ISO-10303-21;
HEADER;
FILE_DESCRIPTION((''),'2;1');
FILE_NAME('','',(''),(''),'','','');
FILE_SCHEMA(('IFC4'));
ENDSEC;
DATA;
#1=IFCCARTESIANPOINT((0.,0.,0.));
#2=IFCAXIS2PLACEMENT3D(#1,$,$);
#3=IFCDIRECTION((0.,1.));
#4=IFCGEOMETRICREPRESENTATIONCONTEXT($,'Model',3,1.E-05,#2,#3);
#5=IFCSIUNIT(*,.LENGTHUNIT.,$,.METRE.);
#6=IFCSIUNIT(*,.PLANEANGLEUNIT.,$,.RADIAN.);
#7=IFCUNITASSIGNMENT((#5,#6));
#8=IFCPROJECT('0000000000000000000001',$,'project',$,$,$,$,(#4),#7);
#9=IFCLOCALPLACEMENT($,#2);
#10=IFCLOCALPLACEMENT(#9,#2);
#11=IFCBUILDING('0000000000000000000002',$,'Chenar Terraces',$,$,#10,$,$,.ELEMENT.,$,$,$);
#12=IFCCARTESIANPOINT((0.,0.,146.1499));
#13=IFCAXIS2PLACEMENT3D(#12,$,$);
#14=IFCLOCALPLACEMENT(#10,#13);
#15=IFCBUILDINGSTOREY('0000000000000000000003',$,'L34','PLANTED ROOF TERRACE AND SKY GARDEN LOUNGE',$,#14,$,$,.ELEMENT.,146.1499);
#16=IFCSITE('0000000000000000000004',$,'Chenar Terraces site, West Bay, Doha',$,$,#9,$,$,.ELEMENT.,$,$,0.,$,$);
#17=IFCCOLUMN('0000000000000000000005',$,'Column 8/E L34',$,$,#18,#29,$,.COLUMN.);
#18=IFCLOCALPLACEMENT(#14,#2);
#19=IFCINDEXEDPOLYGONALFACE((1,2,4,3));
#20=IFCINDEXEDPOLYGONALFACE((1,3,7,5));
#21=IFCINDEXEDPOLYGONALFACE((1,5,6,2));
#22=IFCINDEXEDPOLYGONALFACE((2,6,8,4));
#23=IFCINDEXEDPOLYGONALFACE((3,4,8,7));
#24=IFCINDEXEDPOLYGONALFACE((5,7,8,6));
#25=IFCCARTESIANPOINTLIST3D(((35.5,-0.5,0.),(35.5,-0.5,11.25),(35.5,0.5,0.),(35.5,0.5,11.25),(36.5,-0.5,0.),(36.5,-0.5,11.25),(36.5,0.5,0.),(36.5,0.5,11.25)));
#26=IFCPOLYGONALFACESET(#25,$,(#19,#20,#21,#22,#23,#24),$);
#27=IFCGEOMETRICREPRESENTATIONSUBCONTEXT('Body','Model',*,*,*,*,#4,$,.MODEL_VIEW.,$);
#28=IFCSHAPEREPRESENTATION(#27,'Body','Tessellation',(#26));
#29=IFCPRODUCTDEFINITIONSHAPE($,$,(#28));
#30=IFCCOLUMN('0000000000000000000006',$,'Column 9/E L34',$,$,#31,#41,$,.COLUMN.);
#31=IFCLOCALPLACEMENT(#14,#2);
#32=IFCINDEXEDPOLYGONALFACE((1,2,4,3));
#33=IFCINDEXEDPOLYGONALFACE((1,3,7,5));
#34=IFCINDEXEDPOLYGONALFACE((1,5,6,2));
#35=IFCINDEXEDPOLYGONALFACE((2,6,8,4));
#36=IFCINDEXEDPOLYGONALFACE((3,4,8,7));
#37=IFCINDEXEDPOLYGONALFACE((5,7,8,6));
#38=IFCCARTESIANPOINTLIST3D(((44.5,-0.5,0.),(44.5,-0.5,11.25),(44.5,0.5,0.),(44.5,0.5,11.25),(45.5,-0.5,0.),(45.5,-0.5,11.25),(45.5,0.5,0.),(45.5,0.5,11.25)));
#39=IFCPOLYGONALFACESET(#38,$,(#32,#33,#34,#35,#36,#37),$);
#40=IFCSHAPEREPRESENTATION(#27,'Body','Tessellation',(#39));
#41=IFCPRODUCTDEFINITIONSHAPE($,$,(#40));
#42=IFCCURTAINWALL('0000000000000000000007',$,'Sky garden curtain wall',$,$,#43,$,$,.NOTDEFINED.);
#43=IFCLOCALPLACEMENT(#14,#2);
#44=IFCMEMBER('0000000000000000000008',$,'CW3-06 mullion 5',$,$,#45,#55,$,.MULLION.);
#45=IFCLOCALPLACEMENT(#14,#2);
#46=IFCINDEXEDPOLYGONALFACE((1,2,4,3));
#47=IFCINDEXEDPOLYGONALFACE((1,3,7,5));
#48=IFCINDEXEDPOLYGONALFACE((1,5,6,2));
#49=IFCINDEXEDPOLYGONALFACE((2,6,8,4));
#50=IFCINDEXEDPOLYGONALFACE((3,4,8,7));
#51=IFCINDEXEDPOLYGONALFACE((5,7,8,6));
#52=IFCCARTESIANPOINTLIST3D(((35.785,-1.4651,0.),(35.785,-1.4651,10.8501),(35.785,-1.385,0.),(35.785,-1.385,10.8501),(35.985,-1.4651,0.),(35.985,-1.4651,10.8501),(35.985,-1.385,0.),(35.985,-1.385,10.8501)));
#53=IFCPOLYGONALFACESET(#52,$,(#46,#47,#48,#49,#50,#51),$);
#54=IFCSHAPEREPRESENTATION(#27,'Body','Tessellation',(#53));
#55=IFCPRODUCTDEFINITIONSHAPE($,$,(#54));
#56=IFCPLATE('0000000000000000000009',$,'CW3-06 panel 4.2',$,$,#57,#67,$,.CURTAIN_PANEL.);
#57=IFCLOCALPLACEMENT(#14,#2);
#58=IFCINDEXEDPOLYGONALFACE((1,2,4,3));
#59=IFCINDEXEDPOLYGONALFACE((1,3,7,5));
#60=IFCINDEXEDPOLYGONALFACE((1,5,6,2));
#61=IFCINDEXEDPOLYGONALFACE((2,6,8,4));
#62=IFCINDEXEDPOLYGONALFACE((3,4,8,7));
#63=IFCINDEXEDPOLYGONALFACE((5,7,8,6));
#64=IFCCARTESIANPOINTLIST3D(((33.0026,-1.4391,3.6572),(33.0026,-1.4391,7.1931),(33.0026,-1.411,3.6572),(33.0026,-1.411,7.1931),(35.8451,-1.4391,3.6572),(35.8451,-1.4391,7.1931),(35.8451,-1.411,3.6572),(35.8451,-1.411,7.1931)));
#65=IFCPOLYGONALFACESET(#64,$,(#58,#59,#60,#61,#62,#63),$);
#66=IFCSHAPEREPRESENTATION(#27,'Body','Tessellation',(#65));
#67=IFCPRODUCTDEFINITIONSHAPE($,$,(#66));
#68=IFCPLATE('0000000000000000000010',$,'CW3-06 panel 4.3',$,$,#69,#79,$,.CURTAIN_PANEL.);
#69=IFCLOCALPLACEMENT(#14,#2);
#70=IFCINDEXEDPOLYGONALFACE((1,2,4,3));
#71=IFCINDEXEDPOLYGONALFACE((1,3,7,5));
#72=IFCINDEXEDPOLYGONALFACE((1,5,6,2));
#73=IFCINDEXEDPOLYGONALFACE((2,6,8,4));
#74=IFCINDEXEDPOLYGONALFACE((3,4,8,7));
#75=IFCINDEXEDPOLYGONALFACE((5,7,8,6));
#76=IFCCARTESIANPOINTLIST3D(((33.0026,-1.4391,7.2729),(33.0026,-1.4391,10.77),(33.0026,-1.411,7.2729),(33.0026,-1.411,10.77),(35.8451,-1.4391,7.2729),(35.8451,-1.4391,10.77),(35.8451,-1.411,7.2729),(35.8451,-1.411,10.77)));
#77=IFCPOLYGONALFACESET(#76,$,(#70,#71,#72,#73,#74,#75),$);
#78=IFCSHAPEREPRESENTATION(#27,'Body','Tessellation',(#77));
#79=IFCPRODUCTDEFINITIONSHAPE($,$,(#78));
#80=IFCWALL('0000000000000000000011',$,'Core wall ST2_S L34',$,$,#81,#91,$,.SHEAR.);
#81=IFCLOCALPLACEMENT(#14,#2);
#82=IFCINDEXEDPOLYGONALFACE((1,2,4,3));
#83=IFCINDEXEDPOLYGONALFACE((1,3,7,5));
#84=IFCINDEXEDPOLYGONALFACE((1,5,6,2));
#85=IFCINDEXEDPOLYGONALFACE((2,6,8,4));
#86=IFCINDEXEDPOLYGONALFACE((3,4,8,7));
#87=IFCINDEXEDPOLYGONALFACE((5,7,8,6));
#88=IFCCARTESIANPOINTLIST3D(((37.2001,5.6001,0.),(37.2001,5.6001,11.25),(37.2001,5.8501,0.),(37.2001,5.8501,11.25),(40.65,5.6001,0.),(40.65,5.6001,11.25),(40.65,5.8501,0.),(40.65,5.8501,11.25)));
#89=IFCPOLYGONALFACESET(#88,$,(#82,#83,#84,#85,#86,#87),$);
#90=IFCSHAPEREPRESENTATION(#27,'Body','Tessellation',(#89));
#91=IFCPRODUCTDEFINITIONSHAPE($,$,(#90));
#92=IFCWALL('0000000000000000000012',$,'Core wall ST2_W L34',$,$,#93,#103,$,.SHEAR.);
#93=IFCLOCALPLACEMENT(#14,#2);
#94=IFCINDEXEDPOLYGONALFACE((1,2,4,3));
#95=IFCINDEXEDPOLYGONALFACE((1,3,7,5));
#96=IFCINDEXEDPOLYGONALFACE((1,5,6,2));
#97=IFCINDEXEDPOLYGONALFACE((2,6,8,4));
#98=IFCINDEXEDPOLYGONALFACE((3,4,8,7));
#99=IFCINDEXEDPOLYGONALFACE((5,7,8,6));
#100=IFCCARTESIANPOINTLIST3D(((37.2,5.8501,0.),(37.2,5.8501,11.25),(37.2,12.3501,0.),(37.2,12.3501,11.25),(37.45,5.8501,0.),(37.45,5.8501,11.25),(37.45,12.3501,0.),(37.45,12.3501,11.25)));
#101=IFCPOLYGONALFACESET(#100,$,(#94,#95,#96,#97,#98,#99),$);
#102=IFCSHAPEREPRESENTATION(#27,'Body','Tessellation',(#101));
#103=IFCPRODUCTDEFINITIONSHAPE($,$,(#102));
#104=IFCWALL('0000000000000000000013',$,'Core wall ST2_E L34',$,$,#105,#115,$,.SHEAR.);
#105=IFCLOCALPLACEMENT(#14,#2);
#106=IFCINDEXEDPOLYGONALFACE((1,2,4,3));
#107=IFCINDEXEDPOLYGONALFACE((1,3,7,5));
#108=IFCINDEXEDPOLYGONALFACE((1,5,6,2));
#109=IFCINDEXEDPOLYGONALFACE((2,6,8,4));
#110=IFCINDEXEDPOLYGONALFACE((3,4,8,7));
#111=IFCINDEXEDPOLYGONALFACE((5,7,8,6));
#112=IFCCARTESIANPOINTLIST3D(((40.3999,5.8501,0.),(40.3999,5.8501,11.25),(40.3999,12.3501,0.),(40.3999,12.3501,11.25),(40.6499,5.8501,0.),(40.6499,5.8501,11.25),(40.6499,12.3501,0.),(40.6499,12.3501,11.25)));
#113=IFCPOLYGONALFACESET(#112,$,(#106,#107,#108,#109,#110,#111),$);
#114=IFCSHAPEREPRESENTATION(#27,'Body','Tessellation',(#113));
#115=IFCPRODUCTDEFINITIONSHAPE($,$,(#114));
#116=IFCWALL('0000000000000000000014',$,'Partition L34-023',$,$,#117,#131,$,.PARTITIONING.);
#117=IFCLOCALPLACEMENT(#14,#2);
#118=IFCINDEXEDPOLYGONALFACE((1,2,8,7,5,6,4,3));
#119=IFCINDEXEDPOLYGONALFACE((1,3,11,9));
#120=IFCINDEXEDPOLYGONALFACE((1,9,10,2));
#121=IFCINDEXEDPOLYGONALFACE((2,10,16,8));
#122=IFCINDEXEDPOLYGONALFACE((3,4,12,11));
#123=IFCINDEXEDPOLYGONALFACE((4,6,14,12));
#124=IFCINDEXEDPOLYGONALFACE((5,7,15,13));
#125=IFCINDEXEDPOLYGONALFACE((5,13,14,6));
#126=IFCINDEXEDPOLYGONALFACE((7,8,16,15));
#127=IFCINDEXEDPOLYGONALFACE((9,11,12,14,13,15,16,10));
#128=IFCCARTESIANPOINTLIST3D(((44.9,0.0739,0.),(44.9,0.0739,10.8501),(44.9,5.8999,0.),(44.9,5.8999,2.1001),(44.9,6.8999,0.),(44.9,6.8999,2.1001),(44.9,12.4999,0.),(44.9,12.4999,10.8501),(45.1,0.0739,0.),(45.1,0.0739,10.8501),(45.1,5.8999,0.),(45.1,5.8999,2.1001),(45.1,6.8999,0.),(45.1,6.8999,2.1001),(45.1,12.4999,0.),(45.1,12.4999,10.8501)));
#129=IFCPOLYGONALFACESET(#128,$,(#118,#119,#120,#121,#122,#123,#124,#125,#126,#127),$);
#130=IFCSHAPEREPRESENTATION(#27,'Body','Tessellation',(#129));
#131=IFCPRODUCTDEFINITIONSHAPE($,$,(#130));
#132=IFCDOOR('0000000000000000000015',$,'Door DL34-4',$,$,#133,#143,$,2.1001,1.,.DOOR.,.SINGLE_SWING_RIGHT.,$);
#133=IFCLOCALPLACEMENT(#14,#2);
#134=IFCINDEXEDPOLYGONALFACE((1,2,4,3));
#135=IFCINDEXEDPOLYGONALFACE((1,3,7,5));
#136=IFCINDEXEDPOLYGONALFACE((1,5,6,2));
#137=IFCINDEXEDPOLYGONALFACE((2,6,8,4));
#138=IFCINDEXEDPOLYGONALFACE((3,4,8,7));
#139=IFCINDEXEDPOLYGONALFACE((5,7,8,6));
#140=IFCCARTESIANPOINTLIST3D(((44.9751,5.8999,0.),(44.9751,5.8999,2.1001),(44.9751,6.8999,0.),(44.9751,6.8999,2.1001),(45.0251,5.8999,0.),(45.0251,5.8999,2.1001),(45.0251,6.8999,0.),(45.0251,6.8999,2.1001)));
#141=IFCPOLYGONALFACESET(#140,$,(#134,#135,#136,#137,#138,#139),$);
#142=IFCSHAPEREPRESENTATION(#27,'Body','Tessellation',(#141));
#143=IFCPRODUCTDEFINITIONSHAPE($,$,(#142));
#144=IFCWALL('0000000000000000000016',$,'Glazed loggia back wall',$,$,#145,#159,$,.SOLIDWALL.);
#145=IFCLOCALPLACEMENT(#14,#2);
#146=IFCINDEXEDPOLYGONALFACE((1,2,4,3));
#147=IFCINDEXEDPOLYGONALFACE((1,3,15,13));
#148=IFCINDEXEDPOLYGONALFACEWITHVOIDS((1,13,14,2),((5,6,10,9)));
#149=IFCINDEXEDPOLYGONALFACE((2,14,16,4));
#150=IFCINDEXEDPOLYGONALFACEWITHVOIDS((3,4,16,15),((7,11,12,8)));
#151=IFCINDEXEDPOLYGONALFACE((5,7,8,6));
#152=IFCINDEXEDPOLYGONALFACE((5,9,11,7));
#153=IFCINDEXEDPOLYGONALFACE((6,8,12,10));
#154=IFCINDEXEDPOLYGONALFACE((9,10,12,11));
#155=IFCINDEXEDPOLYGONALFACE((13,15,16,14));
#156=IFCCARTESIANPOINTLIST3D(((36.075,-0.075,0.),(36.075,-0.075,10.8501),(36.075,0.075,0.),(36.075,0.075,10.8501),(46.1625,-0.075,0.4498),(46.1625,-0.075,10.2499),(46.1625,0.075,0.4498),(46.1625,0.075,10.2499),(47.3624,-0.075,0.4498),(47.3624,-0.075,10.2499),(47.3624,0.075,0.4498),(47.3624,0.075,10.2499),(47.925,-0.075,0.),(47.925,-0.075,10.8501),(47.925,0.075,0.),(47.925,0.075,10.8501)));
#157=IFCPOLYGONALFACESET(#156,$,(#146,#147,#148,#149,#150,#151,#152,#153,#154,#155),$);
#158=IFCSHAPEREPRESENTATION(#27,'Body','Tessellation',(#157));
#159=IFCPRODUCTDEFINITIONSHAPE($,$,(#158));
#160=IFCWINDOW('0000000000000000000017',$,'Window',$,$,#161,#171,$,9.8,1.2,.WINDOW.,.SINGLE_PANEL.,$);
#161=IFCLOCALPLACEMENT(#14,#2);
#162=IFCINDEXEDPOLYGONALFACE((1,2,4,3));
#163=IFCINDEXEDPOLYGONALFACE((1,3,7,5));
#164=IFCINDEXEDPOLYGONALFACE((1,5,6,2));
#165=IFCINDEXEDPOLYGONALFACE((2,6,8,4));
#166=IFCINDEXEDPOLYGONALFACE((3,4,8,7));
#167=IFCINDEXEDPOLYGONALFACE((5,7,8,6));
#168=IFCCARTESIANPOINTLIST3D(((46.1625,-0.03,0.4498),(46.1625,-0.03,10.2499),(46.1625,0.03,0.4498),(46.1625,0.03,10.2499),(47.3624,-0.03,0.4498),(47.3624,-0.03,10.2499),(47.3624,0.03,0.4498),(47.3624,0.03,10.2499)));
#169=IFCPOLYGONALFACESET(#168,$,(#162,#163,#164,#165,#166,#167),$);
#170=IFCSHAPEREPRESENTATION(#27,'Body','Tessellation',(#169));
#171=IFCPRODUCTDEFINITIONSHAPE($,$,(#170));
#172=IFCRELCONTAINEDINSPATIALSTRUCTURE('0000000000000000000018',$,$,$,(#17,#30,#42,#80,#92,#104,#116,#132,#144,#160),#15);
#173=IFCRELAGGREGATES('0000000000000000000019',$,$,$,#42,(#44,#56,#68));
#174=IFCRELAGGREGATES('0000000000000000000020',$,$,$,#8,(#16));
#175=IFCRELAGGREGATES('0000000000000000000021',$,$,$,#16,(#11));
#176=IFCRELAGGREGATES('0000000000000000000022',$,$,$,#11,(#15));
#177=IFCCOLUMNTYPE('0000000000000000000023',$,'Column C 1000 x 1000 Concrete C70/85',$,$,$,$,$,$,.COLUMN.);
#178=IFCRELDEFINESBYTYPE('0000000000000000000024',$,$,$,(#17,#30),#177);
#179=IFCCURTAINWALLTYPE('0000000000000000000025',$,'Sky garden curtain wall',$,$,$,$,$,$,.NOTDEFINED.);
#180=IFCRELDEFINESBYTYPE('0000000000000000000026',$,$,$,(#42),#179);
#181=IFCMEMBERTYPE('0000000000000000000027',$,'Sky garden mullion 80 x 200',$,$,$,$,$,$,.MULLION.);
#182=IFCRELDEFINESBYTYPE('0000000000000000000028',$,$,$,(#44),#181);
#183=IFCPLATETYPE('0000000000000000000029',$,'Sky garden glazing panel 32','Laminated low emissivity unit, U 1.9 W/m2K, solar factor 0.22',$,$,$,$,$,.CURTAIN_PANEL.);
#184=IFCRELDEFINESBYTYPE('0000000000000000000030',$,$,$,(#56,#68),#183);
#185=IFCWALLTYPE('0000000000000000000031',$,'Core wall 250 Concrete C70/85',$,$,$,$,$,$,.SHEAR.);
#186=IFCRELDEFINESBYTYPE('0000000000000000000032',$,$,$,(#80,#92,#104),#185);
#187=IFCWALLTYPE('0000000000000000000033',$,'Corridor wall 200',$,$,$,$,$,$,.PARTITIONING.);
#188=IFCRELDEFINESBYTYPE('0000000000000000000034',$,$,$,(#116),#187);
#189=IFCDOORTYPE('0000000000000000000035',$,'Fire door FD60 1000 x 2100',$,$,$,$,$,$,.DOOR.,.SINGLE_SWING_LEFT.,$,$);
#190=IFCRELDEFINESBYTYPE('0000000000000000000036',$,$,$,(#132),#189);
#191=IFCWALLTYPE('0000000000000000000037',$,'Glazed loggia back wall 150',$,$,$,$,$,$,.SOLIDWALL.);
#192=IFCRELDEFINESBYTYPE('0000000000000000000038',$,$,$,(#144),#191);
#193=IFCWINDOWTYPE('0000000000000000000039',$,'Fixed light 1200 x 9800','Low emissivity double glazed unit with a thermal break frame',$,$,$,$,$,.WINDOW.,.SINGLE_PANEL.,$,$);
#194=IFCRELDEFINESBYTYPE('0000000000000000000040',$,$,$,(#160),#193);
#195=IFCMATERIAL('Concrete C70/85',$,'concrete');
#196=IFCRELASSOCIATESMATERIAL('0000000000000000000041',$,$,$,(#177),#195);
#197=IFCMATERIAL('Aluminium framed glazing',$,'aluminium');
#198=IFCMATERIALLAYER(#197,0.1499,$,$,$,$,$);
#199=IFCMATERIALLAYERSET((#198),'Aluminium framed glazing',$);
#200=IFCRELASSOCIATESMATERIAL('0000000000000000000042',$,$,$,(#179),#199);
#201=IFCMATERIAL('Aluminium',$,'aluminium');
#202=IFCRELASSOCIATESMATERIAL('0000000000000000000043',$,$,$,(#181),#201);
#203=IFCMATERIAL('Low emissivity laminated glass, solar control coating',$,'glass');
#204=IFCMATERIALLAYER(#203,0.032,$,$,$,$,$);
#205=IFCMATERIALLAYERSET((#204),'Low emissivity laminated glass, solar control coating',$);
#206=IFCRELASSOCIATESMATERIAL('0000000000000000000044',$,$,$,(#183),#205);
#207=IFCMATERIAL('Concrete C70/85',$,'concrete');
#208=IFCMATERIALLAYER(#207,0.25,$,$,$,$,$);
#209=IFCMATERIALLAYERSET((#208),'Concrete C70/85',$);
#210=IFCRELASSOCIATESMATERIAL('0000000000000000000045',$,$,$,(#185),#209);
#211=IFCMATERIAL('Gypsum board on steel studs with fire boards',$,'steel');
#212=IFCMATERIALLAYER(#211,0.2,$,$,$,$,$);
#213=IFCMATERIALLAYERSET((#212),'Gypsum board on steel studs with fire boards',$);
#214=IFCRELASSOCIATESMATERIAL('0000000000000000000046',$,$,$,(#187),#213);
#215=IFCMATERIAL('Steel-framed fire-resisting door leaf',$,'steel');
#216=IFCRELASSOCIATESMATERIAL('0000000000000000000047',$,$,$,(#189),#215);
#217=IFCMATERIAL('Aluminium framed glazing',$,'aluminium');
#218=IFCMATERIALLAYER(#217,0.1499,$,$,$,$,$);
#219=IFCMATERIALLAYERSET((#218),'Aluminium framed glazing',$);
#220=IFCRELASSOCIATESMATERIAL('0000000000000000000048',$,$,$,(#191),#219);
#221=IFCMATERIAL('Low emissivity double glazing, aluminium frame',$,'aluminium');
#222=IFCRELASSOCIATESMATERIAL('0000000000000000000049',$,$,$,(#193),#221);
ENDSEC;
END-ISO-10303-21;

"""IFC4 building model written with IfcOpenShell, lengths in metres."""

from ifc_helpers import new_model, si_unit, direction, frame, frame_2d, origin, origin_2d, place, context, subcontext, project, spatial, rectangle, extrude, material, layer, layer_set, material_profile, profile_set, type_object, element, fill, aggregate, save


model = new_model("IFC4")

# Units and contexts
model_context = context("Model", 3, precision=1e-05, world=origin(), true_north=direction((0.0, 1.0)))
body_context = subcontext(model_context, "Body", "Model", "MODEL_VIEW")
ifc_project = project(units=[si_unit("LENGTHUNIT", "METRE"), si_unit("PLANEANGLEUNIT", "RADIAN")], contexts=[model_context])

# Site, building, storey
site_placement = place(None, origin())
site = spatial("IfcSite", under=ifc_project, at=site_placement, Name="Chenar Terraces site, West Bay, Doha", CompositionType="ELEMENT", RefElevation=0.0)
building_placement = place(site_placement, origin())
building = spatial("IfcBuilding", under=site, at=building_placement, Name="Chenar Terraces", CompositionType="ELEMENT")
storey_placement = place(building_placement, frame((0.0, 0.0, 146.1499)))
storey = spatial("IfcBuildingStorey", under=building, at=storey_placement, Name="L34", Description="PLANTED ROOF TERRACE AND SKY GARDEN LOUNGE", CompositionType="ELEMENT", Elevation=146.1499)

# Columns
ifc_material_1 = material(Name="Concrete C70/85", Category="concrete")
ifc_material_profile_1 = material_profile(ifc_material_1, rectangle(XDim=1.0, YDim=1.0, at=origin_2d()), Name="C 1000 x 1000")
ifc_profile_set_1 = profile_set([ifc_material_profile_1], Name="Concrete C70/85")
column_type = type_object("IfcColumnType", Name="Column C 1000 x 1000 Concrete C70/85", PredefinedType="COLUMN", material=ifc_profile_set_1)
for number, where, z_axis, x_axis, name in (
    (1, (36.0, 0.0, 0.0), (0.0, 0.0, 1.0), (1.0, 0.0, 0.0), "Column 8/E L34"),
    (2, (45.0, 0.0, 0.0), (0.0, 0.0, 1.0), (1.0, 0.0, 0.0), "Column 9/E L34"),
):
    element("IfcColumn", number, at=place(storey_placement, frame(where, z_axis=z_axis, x_axis=x_axis)), inside=storey, type_object=column_type, Name=name, PredefinedType="COLUMN", context=body_context, shape_type="SweptSolid", body=[
        extrude(rectangle(XDim=1.0, YDim=1.0, at=origin_2d()), origin(), (0.0, 0.0, 1.0), 11.25),
    ])

# Curtain wall, member, plates
ifc_material_2 = material(Name="Aluminium framed glazing", Category="aluminium")
ifc_layer_1 = layer(ifc_material_2, 0.1499)
ifc_layer_set_1 = layer_set([ifc_layer_1], Name="Aluminium framed glazing")
curtain_wall_type = type_object("IfcCurtainWallType", Name="Sky garden curtain wall", PredefinedType="NOTDEFINED", material=ifc_layer_set_1)
placement = place(storey_placement, origin())
curtain_wall = element("IfcCurtainWall", 3, at=placement, inside=storey, type_object=curtain_wall_type, Name="Sky garden curtain wall", PredefinedType="NOTDEFINED")
ifc_material_3 = material(Name="Aluminium", Category="aluminium")
ifc_material_profile_2 = material_profile(ifc_material_3, rectangle(XDim=0.0801, YDim=0.2, at=origin_2d()), Name="Sky garden mullion 80 x 200")
ifc_profile_set_2 = profile_set([ifc_material_profile_2], Name="Aluminium")
member_type = type_object("IfcMemberType", Name="Sky garden mullion 80 x 200", PredefinedType="MULLION", material=ifc_profile_set_2)
member_placement = place(storey_placement, frame((35.885, -1.425, 0.0), z_axis=(0.0, 0.0, 1.0), x_axis=(0.0, 1.0, 0.0)))
member = element("IfcMember", 4, at=member_placement, type_object=member_type, Name="CW3-06 mullion 5", PredefinedType="MULLION", context=body_context, shape_type="SweptSolid", body=[
    extrude(rectangle(XDim=0.0801, YDim=0.2, at=origin_2d()), origin(), (0.0, 0.0, 1.0), 10.8501),
])
ifc_material_4 = material(Name="Low emissivity laminated glass, solar control coating", Category="glass")
ifc_layer_2 = layer(ifc_material_4, 0.032)
ifc_layer_set_2 = layer_set([ifc_layer_2], Name="Low emissivity laminated glass, solar control coating")
plate_type = type_object("IfcPlateType", Name="Sky garden glazing panel 32", Description="Laminated low emissivity unit, U 1.9 W/m2K, solar factor 0.22", PredefinedType="CURTAIN_PANEL", material=ifc_layer_set_2)
plate_1_placement = place(storey_placement, frame((34.4238, -1.425, 3.6572), z_axis=(0.0, 0.0, 1.0), x_axis=(1.0, 0.0, 0.0)))
plate_1 = element("IfcPlate", 5, at=plate_1_placement, type_object=plate_type, Name="CW3-06 panel 4.2", PredefinedType="CURTAIN_PANEL", context=body_context, shape_type="SweptSolid", body=[
    extrude(rectangle(XDim=2.8425, YDim=0.0281, at=origin_2d()), origin(), (0.0, 0.0, 1.0), 3.5359),
])
plate_2_placement = place(storey_placement, frame((34.4238, -1.425, 7.2729), z_axis=(0.0, 0.0, 1.0), x_axis=(1.0, 0.0, 0.0)))
plate_2 = element("IfcPlate", 6, at=plate_2_placement, type_object=plate_type, Name="CW3-06 panel 4.3", PredefinedType="CURTAIN_PANEL", context=body_context, shape_type="SweptSolid", body=[
    extrude(rectangle(XDim=2.8425, YDim=0.0281, at=origin_2d()), origin(), (0.0, 0.0, 1.0), 3.4971),
])
aggregate(curtain_wall, [member, plate_1, plate_2])

# Walls
ifc_material_5 = material(Name="Concrete C70/85", Category="concrete")
ifc_layer_3 = layer(ifc_material_5, 0.25)
ifc_layer_set_3 = layer_set([ifc_layer_3], Name="Concrete C70/85")
wall_type_1 = type_object("IfcWallType", Name="Core wall 250 Concrete C70/85", PredefinedType="SHEAR", material=ifc_layer_set_3)
wall_1_placement = place(storey_placement, frame((37.2, 5.7251, 0.0), z_axis=(0.0, 0.0, 1.0), x_axis=(1.0, 0.0, 0.0)))
element("IfcWall", 7, at=wall_1_placement, inside=storey, type_object=wall_type_1, Name="Core wall ST2_S L34", PredefinedType="SHEAR", context=body_context, shape_type="SweptSolid", body=[
    extrude(rectangle(XDim=3.45, YDim=0.25, at=frame_2d((1.7251, 0.0))), origin(), (0.0, 0.0, 1.0), 11.25),
])
for number, where, z_axis, x_axis, name in (
    (8, (37.325, 5.8501, 0.0), (0.0, 0.0, 1.0), (0.0, 1.0, 0.0), "Core wall ST2_W L34"),
    (9, (40.5249, 5.8501, 0.0), (0.0, 0.0, 1.0), (0.0, 1.0, 0.0), "Core wall ST2_E L34"),
):
    element("IfcWall", number, at=place(storey_placement, frame(where, z_axis=z_axis, x_axis=x_axis)), inside=storey, type_object=wall_type_1, Name=name, PredefinedType="SHEAR", context=body_context, shape_type="SweptSolid", body=[
        extrude(rectangle(XDim=6.5, YDim=0.25, at=frame_2d((3.25, 0.0))), origin(), (0.0, 0.0, 1.0), 11.25),
    ])

# Wall, opening, door
ifc_material_6 = material(Name="Gypsum board on steel studs with fire boards", Category="steel")
ifc_layer_4 = layer(ifc_material_6, 0.2)
ifc_layer_set_4 = layer_set([ifc_layer_4], Name="Gypsum board on steel studs with fire boards")
wall_type_2 = type_object("IfcWallType", Name="Corridor wall 200", PredefinedType="PARTITIONING", material=ifc_layer_set_4)
wall_2_placement = place(storey_placement, frame((45.0, 0.074, 0.0), z_axis=(0.0, 0.0, 1.0), x_axis=(0.0, 1.0, 0.0)))
wall_2 = element("IfcWall", 10, at=wall_2_placement, inside=storey, type_object=wall_type_2, Name="Partition L34-023", PredefinedType="PARTITIONING", context=body_context, shape_type="SweptSolid", body=[
    extrude(rectangle(XDim=12.426, YDim=0.2, at=frame_2d((6.2129, 0.0))), origin(), (0.0, 0.0, 1.0), 10.8501),
])
opening_1_placement = place(wall_2_placement, frame((5.8259, 0.0, 0.0)))
opening_1 = element("IfcOpeningElement", 11, at=opening_1_placement, cuts=wall_2, PredefinedType="OPENING", context=body_context, shape_type="SweptSolid", body=[
    extrude(rectangle(XDim=1.0, YDim=2.1001, at=frame_2d((0.5, 1.05))), frame((0.0, 0.1099, 0.0), z_axis=(0.0, -1.0, 0.0), x_axis=(1.0, 0.0, 0.0)), (0.0, 0.0, 1.0), 0.22),
])
ifc_material_7 = material(Name="Steel-framed fire-resisting door leaf", Category="steel")
door_type = type_object("IfcDoorType", Name="Fire door FD60 1000 x 2100", OperationType="SINGLE_SWING_LEFT", PredefinedType="DOOR", material=ifc_material_7)
door_placement = place(opening_1_placement, origin())
door = element("IfcDoor", 12, at=door_placement, inside=storey, type_object=door_type, Name="Door DL34-4", OperationType="SINGLE_SWING_RIGHT", OverallHeight=2.1001, OverallWidth=1.0, PredefinedType="DOOR", context=body_context, shape_type="SweptSolid", body=[
    extrude(rectangle(XDim=1.0, YDim=2.1001, at=frame_2d((0.5, 1.05))), frame((0.0, 0.0249, 0.0), z_axis=(0.0, -1.0, 0.0), x_axis=(1.0, 0.0, 0.0)), (0.0, 0.0, 1.0), 0.05),
])
fill(opening_1, door)

# Wall, opening, window
ifc_material_8 = material(Name="Aluminium framed glazing", Category="aluminium")
ifc_layer_5 = layer(ifc_material_8, 0.1499)
ifc_layer_set_5 = layer_set([ifc_layer_5], Name="Aluminium framed glazing")
wall_type_3 = type_object("IfcWallType", Name="Glazed loggia back wall 150", PredefinedType="SOLIDWALL", material=ifc_layer_set_5)
wall_3_placement = place(storey_placement, frame((36.075, 0.0, 0.0), z_axis=(0.0, 0.0, 1.0), x_axis=(1.0, 0.0, 0.0)))
wall_3 = element("IfcWall", 13, at=wall_3_placement, inside=storey, type_object=wall_type_3, Name="Glazed loggia back wall", PredefinedType="SOLIDWALL", context=body_context, shape_type="SweptSolid", body=[
    extrude(rectangle(XDim=11.8501, YDim=0.1499, at=frame_2d((5.925, 0.0))), origin(), (0.0, 0.0, 1.0), 10.8501),
])
opening_2_placement = place(wall_3_placement, frame((10.0874, 0.0, 0.45)))
opening_2 = element("IfcOpeningElement", 14, at=opening_2_placement, cuts=wall_3, PredefinedType="OPENING", context=body_context, shape_type="SweptSolid", body=[
    extrude(rectangle(XDim=1.2, YDim=9.8, at=frame_2d((0.6001, 4.8999))), frame((0.0, 0.085, 0.0), z_axis=(0.0, -1.0, 0.0), x_axis=(1.0, 0.0, 0.0)), (0.0, 0.0, 1.0), 0.1699),
])
ifc_material_9 = material(Name="Low emissivity double glazing, aluminium frame", Category="aluminium")
window_type = type_object("IfcWindowType", Name="Fixed light 1200 x 9800", Description="Low emissivity double glazed unit with a thermal break frame", PartitioningType="SINGLE_PANEL", PredefinedType="WINDOW", material=ifc_material_9)
window_placement = place(opening_2_placement, origin())
window = element("IfcWindow", 15, at=window_placement, inside=storey, type_object=window_type, Name="Window", OverallHeight=9.8, OverallWidth=1.2, PartitioningType="SINGLE_PANEL", PredefinedType="WINDOW", context=body_context, shape_type="SweptSolid", body=[
    extrude(rectangle(XDim=1.2, YDim=9.8, at=frame_2d((0.6001, 4.8999))), frame((0.0, 0.03, 0.0), z_axis=(0.0, -1.0, 0.0), x_axis=(1.0, 0.0, 0.0)), (0.0, 0.0, 1.0), 0.0601),
])
fill(opening_2, window)

save(model, "model.ifc")
